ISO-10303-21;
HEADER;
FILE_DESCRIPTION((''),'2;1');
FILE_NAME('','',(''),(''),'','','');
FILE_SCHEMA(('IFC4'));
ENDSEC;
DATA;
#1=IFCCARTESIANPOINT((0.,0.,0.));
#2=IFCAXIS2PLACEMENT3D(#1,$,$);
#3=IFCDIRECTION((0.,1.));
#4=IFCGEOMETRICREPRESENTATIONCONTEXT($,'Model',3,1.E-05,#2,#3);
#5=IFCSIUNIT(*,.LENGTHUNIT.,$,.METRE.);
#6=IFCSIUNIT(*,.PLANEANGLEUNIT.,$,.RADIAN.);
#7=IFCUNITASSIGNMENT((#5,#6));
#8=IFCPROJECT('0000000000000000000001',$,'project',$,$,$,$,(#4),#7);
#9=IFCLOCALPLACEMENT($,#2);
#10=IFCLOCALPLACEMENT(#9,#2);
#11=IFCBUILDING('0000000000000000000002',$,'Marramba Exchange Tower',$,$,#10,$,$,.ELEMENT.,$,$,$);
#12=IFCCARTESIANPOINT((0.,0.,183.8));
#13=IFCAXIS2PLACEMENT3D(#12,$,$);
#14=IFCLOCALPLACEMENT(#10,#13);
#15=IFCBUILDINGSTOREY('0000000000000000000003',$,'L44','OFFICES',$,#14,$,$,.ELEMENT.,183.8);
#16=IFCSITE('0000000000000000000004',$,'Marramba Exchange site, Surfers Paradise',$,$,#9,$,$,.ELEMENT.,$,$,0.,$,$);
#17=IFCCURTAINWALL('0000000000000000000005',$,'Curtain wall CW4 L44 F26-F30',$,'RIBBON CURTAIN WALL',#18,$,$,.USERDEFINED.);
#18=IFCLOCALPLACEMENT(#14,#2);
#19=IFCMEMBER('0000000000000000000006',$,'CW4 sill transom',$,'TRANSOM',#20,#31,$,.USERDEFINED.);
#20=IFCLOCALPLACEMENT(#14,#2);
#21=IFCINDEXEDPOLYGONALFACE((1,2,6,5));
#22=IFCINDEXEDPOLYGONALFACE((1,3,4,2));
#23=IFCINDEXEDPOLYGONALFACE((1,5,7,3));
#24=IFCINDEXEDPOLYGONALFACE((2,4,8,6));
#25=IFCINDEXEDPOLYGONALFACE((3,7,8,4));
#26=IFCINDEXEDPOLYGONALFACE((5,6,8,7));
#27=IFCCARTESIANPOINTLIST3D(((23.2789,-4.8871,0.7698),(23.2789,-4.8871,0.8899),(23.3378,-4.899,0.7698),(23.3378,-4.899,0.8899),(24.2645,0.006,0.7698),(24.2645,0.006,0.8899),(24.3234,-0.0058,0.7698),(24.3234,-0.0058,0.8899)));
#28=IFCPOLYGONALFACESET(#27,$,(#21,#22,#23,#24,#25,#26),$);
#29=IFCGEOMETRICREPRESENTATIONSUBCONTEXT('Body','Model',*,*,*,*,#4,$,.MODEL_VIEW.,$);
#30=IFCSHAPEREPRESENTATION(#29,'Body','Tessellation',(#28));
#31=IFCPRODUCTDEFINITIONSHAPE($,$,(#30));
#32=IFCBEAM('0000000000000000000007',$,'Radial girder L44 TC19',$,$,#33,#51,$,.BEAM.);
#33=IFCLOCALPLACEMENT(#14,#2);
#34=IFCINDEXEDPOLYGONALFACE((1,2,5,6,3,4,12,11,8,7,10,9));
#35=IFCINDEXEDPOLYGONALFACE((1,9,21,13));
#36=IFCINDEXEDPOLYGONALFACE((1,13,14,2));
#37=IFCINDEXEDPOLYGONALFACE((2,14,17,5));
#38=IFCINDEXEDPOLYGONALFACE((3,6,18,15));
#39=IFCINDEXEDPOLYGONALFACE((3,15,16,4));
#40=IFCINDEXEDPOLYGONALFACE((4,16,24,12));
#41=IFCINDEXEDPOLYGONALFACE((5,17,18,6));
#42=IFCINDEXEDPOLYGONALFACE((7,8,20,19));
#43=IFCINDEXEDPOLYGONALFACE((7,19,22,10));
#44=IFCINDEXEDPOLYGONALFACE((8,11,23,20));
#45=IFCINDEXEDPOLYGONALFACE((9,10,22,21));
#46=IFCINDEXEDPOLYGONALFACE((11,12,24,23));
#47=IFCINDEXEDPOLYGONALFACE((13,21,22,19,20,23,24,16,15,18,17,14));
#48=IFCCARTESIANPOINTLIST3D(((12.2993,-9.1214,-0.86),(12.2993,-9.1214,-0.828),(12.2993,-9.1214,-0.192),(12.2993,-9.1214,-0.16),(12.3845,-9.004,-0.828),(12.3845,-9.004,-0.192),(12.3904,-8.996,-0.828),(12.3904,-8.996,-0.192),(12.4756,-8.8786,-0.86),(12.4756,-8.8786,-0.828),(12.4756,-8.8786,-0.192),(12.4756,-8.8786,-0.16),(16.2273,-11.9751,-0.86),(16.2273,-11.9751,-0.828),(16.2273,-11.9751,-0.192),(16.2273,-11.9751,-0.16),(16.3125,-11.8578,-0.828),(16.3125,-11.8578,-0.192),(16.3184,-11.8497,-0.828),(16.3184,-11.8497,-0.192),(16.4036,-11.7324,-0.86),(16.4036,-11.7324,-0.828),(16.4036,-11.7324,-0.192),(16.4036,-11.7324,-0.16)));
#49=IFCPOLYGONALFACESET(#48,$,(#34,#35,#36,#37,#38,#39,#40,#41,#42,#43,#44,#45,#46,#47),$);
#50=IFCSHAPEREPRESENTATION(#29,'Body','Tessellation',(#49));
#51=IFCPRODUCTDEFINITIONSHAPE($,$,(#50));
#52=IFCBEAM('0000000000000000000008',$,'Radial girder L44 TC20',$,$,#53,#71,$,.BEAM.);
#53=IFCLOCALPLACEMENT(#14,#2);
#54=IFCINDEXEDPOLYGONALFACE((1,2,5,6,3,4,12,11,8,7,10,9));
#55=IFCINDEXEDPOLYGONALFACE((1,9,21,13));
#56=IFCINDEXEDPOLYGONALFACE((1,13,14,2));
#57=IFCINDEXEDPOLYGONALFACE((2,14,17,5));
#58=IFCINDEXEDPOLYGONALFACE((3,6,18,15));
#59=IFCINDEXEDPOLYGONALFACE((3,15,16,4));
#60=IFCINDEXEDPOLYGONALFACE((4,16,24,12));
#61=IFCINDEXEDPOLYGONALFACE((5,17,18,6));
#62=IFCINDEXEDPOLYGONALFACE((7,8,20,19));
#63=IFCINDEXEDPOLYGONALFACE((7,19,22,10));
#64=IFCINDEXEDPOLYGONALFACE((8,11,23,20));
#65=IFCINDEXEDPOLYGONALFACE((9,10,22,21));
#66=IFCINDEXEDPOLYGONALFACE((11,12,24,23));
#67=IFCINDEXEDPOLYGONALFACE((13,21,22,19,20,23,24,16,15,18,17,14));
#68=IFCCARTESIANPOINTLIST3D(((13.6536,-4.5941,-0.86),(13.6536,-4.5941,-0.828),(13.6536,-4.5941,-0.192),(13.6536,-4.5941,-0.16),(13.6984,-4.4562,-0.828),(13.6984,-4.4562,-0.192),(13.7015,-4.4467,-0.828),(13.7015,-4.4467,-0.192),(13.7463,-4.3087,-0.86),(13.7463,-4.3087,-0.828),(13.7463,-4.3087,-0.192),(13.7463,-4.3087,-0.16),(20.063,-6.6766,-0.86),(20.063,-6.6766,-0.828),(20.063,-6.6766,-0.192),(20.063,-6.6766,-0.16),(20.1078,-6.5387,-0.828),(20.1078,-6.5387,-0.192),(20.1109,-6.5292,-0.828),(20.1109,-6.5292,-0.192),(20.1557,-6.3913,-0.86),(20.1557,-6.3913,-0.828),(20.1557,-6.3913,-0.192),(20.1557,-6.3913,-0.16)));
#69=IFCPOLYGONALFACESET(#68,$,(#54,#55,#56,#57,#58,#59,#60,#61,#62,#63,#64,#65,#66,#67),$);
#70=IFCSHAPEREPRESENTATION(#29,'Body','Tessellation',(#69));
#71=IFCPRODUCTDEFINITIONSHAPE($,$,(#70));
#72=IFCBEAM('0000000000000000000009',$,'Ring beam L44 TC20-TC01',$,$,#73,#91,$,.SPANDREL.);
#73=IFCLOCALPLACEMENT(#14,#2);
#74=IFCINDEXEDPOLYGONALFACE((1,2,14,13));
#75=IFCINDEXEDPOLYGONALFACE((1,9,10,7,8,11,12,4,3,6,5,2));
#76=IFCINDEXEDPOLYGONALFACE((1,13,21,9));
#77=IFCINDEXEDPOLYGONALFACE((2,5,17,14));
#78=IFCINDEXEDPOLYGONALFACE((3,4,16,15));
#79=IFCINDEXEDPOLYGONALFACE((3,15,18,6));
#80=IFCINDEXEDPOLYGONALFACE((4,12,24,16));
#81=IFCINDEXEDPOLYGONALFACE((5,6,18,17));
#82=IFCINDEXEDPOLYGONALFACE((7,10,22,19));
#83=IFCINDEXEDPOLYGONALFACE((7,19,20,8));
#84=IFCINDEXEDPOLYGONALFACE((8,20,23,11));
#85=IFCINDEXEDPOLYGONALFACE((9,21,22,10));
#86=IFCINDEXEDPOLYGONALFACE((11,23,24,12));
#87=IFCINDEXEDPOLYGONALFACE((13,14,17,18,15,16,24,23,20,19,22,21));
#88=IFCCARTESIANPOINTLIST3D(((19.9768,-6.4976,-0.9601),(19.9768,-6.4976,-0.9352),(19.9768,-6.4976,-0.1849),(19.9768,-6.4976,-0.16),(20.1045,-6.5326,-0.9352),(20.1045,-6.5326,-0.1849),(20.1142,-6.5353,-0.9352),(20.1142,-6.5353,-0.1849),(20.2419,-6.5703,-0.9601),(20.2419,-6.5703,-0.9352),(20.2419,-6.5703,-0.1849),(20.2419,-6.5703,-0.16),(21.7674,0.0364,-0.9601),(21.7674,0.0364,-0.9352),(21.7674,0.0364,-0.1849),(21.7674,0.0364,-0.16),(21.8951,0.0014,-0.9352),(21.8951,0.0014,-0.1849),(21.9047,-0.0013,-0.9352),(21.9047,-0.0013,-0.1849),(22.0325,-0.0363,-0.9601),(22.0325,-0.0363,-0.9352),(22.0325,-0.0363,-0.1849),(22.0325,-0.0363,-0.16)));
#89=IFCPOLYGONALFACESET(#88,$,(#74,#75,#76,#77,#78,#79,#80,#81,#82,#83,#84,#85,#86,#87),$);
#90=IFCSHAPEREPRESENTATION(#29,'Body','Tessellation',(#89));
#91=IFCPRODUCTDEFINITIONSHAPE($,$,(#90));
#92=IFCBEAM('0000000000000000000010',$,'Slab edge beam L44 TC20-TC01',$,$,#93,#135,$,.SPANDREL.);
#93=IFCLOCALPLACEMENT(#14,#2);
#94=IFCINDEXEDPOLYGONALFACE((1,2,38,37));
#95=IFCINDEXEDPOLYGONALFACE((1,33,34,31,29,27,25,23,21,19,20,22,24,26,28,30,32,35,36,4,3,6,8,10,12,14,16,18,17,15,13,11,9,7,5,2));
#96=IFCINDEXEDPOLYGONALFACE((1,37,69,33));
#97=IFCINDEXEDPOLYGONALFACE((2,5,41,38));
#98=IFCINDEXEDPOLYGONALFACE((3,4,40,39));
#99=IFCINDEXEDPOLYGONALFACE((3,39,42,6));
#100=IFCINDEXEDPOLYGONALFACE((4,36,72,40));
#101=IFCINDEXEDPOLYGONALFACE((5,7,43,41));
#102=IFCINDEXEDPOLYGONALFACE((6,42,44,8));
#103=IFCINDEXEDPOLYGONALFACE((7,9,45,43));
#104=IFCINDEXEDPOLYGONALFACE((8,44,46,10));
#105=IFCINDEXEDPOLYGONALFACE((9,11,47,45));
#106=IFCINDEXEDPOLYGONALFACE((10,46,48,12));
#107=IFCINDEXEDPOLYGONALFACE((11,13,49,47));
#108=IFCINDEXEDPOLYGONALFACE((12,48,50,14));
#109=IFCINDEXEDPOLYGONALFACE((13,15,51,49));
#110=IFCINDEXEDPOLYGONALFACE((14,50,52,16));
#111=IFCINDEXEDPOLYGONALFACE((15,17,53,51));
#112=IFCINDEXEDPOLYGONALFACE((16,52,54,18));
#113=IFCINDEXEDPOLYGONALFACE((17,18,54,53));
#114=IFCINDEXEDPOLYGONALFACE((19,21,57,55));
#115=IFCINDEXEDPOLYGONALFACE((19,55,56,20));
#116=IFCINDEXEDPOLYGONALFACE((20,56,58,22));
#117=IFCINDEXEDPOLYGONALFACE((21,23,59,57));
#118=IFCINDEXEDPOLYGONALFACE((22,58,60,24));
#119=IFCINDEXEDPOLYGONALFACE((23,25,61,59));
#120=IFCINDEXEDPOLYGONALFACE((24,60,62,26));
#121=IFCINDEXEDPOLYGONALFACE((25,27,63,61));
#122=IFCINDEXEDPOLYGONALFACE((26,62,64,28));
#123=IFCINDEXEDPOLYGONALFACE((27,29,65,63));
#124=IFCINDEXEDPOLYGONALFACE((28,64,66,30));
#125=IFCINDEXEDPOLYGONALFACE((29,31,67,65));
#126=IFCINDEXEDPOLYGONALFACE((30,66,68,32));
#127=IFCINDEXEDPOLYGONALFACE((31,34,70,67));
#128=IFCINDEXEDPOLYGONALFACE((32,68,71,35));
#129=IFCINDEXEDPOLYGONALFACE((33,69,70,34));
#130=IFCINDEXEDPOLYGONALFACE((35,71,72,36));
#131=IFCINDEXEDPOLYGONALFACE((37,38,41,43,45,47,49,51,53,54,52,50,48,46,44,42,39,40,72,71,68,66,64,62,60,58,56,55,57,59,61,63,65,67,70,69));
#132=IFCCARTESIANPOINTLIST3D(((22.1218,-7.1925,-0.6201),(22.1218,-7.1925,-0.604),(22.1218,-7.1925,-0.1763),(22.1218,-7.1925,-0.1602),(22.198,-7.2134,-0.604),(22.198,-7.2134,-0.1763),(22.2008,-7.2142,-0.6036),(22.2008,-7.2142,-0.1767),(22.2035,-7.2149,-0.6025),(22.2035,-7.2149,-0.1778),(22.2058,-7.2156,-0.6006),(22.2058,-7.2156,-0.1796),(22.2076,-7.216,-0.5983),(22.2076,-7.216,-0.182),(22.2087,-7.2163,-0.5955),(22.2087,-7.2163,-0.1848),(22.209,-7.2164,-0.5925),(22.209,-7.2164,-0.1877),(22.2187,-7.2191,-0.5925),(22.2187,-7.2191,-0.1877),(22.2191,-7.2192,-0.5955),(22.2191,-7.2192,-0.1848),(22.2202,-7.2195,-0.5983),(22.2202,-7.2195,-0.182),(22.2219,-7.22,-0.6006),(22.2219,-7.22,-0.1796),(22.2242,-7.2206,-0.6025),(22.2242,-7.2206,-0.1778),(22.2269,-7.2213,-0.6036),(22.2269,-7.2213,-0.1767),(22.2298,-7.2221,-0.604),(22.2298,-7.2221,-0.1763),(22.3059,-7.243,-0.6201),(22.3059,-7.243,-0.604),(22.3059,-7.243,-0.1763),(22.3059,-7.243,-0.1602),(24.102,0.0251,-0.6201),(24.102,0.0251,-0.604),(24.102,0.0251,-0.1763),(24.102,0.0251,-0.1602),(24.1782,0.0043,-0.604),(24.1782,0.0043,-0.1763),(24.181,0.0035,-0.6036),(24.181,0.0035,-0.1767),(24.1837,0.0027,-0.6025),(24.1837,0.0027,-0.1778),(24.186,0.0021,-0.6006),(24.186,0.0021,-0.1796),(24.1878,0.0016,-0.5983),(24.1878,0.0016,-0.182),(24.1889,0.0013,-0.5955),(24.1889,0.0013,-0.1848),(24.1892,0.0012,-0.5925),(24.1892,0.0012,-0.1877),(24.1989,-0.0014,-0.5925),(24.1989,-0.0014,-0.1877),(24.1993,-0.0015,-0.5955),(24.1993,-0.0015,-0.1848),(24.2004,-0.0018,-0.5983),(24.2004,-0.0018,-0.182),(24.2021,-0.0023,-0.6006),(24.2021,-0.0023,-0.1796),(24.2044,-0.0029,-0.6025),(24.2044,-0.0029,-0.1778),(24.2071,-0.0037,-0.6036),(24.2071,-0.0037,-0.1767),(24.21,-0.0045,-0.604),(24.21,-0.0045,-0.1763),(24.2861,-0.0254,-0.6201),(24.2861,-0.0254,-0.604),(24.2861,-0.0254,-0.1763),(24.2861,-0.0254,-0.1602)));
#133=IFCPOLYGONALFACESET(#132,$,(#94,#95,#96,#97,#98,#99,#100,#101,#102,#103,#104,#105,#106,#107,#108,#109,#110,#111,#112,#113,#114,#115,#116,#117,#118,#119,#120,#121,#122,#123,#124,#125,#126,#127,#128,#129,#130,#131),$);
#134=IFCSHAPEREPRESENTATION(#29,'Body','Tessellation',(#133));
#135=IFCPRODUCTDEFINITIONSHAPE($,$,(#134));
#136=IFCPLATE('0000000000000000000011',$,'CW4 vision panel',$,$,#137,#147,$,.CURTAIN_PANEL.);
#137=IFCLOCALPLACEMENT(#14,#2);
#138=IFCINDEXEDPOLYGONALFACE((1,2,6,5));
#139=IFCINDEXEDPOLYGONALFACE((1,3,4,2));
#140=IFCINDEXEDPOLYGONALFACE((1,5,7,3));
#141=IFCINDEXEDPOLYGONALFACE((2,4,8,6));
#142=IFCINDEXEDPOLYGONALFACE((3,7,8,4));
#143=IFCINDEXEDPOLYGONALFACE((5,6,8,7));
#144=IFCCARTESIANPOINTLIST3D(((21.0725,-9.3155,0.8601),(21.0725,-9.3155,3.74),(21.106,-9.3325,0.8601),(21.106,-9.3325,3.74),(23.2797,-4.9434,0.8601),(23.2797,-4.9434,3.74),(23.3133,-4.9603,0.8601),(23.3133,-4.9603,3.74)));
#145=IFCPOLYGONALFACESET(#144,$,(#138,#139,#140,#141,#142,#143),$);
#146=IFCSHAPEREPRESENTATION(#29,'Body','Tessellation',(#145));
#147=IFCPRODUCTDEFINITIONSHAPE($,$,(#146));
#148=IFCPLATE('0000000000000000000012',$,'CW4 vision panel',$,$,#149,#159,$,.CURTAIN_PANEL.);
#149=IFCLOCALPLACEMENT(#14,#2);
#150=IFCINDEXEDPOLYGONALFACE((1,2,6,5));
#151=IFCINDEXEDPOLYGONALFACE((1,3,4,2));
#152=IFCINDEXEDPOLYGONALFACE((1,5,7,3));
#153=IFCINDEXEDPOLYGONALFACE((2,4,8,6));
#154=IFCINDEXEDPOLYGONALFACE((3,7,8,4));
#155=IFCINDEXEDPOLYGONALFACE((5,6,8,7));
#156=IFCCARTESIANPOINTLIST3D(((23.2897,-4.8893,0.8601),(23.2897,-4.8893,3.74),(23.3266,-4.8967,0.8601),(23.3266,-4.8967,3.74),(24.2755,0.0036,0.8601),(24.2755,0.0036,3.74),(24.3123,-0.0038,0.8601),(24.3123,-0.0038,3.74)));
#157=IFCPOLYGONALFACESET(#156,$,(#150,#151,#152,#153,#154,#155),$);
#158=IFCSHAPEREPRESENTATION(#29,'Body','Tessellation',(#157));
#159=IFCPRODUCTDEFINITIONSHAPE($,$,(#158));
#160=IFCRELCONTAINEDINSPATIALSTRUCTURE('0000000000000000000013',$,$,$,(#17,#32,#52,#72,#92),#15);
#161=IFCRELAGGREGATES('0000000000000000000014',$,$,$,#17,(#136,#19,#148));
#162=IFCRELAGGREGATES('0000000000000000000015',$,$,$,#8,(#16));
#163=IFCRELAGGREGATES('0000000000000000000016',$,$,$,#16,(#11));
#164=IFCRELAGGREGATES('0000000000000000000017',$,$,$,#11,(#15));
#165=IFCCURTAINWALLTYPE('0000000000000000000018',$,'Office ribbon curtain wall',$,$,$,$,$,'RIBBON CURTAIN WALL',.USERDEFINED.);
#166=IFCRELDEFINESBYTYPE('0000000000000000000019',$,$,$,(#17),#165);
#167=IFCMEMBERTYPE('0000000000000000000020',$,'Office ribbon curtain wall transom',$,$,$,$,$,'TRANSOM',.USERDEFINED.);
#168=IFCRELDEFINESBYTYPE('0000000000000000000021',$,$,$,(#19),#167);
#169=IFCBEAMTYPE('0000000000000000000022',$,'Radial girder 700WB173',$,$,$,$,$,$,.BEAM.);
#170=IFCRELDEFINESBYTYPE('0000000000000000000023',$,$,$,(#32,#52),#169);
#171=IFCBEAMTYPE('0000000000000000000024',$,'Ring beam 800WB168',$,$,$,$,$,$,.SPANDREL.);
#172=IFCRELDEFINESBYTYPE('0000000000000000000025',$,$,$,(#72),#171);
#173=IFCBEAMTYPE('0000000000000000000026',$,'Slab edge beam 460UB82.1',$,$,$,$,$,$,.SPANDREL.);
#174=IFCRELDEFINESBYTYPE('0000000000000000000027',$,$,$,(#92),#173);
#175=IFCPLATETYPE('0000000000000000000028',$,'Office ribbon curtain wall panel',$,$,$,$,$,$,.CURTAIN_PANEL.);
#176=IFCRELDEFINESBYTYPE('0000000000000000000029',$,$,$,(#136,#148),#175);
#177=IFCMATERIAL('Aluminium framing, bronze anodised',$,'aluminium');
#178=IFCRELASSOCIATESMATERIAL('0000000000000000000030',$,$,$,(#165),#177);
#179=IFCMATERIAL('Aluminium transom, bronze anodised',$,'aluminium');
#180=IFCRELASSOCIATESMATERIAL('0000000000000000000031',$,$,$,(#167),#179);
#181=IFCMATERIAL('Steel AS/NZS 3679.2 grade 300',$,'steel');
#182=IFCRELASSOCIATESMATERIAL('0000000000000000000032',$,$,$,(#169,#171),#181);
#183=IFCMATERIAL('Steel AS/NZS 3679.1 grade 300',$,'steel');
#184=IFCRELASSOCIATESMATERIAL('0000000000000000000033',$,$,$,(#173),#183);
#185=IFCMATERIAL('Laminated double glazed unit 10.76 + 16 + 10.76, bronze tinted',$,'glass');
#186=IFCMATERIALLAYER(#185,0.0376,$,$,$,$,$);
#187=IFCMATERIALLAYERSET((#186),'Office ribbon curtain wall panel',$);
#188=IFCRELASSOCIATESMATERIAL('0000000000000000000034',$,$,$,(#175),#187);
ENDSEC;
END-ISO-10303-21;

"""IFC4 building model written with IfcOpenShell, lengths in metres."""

from ifc_helpers import new_model, si_unit, direction, frame, origin, origin_2d, place, context, subcontext, project, spatial, rectangle, i_section, extrude, material, layer, layer_set, material_profile, profile_set, type_object, element, aggregate, save


model = new_model("IFC4")

# Units and contexts
model_context = context("Model", 3, precision=1e-05, world=origin(), true_north=direction((0.0, 1.0)))
body_context = subcontext(model_context, "Body", "Model", "MODEL_VIEW")
ifc_project = project(units=[si_unit("LENGTHUNIT", "METRE"), si_unit("PLANEANGLEUNIT", "RADIAN")], contexts=[model_context])

# Site, building, storey
site_placement = place(None, origin())
site = spatial("IfcSite", under=ifc_project, at=site_placement, Name="Marramba Exchange site, Surfers Paradise", CompositionType="ELEMENT", RefElevation=0.0)
building_placement = place(site_placement, origin())
building = spatial("IfcBuilding", under=site, at=building_placement, Name="Marramba Exchange Tower", CompositionType="ELEMENT")
storey_placement = place(building_placement, frame((0.0, 0.0, 183.8)))
storey = spatial("IfcBuildingStorey", under=building, at=storey_placement, Name="L44", Description="OFFICES", CompositionType="ELEMENT", Elevation=183.8)

# Shared definitions
ifc_material_1 = material(Name="Steel AS/NZS 3679.2 grade 300", Category="steel")
ifc_material_2 = material(Name="Steel AS/NZS 3679.1 grade 300", Category="steel")

# Curtain wall, member
ifc_material_3 = material(Name="Aluminium framing, bronze anodised", Category="aluminium")
curtain_wall_type = type_object("IfcCurtainWallType", Name="Office ribbon curtain wall", ElementType="RIBBON CURTAIN WALL", PredefinedType="USERDEFINED", material=ifc_material_3)
curtain_wall_placement = place(storey_placement, origin())
curtain_wall = element("IfcCurtainWall", 1, at=curtain_wall_placement, inside=storey, type_object=curtain_wall_type, Name="Curtain wall CW4 L44 F26-F30", ObjectType="RIBBON CURTAIN WALL", PredefinedType="USERDEFINED")
ifc_material_4 = material(Name="Aluminium transom, bronze anodised", Category="aluminium")
ifc_material_profile_1 = material_profile(ifc_material_4, rectangle(XDim=0.0601, YDim=0.1201, at=origin_2d()), Name="CW4 transom 60x120")
ifc_profile_set_1 = profile_set([ifc_material_profile_1], Name="Aluminium transom, bronze anodised")
member_type_1 = type_object("IfcMemberType", Name="Office ribbon curtain wall transom", ElementType="TRANSOM", PredefinedType="USERDEFINED", material=ifc_profile_set_1)
member_1_placement = place(storey_placement, frame((23.3083, -4.8931, 0.8298), z_axis=(0.197461, 0.980311, 0.0), x_axis=(-0.980311, 0.197461, 0.0)))
member_1 = element("IfcMember", 2, at=member_1_placement, type_object=member_type_1, Name="CW4 sill transom", ObjectType="TRANSOM", PredefinedType="USERDEFINED", context=body_context, shape_type="SweptSolid", body=[
    extrude(rectangle(XDim=0.0601, YDim=0.1201, at=origin_2d()), origin(), (0.0, 0.0, 1.0), 4.9915),
])

# Beams
ifc_material_profile_2 = material_profile(ifc_material_1, i_section(OverallWidth=0.3, OverallDepth=0.7, WebThickness=0.01, FlangeThickness=0.032, at=origin_2d()), Name="700WB173")
ifc_profile_set_2 = profile_set([ifc_material_profile_2], Name="Steel AS/NZS 3679.2 grade 300")
beam_type_1 = type_object("IfcBeamType", Name="Radial girder 700WB173", PredefinedType="BEAM", material=ifc_profile_set_2)
beam_1_placement = place(storey_placement, frame((12.3875, -9.0, -0.51), z_axis=(0.809025, -0.587774, 0.0), x_axis=(0.587774, 0.809025, 0.0)))
element("IfcBeam", 3, at=beam_1_placement, inside=storey, type_object=beam_type_1, Name="Radial girder L44 TC19", PredefinedType="BEAM", context=body_context, shape_type="SweptSolid", body=[
    extrude(i_section(OverallWidth=0.3, OverallDepth=0.7, WebThickness=0.01, FlangeThickness=0.032, at=origin_2d()), origin(), (0.0, 0.0, 1.0), 4.8552),
])
beam_2_placement = place(storey_placement, frame((13.7, -4.4514, -0.51), z_axis=(0.951058, -0.309013, 0.0), x_axis=(0.309013, 0.951058, 0.0)))
element("IfcBeam", 4, at=beam_2_placement, inside=storey, type_object=beam_type_1, Name="Radial girder L44 TC20", PredefinedType="BEAM", context=body_context, shape_type="SweptSolid", body=[
    extrude(i_section(OverallWidth=0.3, OverallDepth=0.7, WebThickness=0.01, FlangeThickness=0.032, at=origin_2d()), origin(), (0.0, 0.0, 1.0), 6.7393),
])
ifc_material_profile_3 = material_profile(ifc_material_1, i_section(OverallWidth=0.2749, OverallDepth=0.8, WebThickness=0.01, FlangeThickness=0.0249, at=origin_2d()), Name="800WB168")
ifc_profile_set_3 = profile_set([ifc_material_profile_3], Name="Steel AS/NZS 3679.2 grade 300")
beam_type_2 = type_object("IfcBeamType", Name="Ring beam 800WB168", PredefinedType="SPANDREL", material=ifc_profile_set_3)
beam_3_placement = place(storey_placement, frame((20.1094, -6.5339, -0.5601), z_axis=(0.264291, 0.964443, 0.0), x_axis=(-0.964443, 0.264291, 0.0)))
element("IfcBeam", 5, at=beam_3_placement, inside=storey, type_object=beam_type_2, Name="Ring beam L44 TC20-TC01", PredefinedType="SPANDREL", context=body_context, shape_type="SweptSolid", body=[
    extrude(i_section(OverallWidth=0.2749, OverallDepth=0.8, WebThickness=0.01, FlangeThickness=0.0249, at=origin_2d()), origin(), (0.0, 0.0, 1.0), 6.7749),
])
ifc_material_profile_4 = material_profile(ifc_material_2, i_section(OverallWidth=0.1909, OverallDepth=0.46, WebThickness=0.01, FlangeThickness=0.0161, FilletRadius=0.0115, at=origin_2d()), Name="460UB82.1")
ifc_profile_set_4 = profile_set([ifc_material_profile_4], Name="Steel AS/NZS 3679.1 grade 300")
beam_type_3 = type_object("IfcBeamType", Name="Slab edge beam 460UB82.1", PredefinedType="SPANDREL", material=ifc_profile_set_4)
beam_4_placement = place(storey_placement, frame((22.2139, -7.2178, -0.3901), z_axis=(0.264577, 0.964365, 0.0), x_axis=(-0.964365, 0.264577, 0.0)))
element("IfcBeam", 6, at=beam_4_placement, inside=storey, type_object=beam_type_3, Name="Slab edge beam L44 TC20-TC01", PredefinedType="SPANDREL", context=body_context, shape_type="SweptSolid", body=[
    extrude(i_section(OverallWidth=0.1909, OverallDepth=0.46, WebThickness=0.01, FlangeThickness=0.0161, FilletRadius=0.0115, at=origin_2d()), origin(), (0.0, 0.0, 1.0), 7.4844),
])

# Plates
ifc_material_5 = material(Name="Laminated double glazed unit 10.76 + 16 + 10.76, bronze tinted", Category="glass")
ifc_layer_1 = layer(ifc_material_5, 0.0376)
ifc_layer_set_1 = layer_set([ifc_layer_1], Name="Office ribbon curtain wall panel")
plate_type = type_object("IfcPlateType", Name="Office ribbon curtain wall panel", PredefinedType="CURTAIN_PANEL", material=ifc_layer_set_1)
plate_1_placement = place(storey_placement, frame((22.1929, -7.1379, 0.8601), z_axis=(0.0, 0.0, 1.0), x_axis=(0.450673, 0.892689, 0.0)))
plate_1 = element("IfcPlate", 7, at=plate_1_placement, type_object=plate_type, Name="CW4 vision panel", PredefinedType="CURTAIN_PANEL", context=body_context, shape_type="SweptSolid", body=[
    extrude(rectangle(XDim=4.8977, YDim=0.0376, at=origin_2d()), origin(), (0.0, 0.0, 1.0), 2.8799),
])
plate_2_placement = place(storey_placement, frame((23.801, -2.4465, 0.8601), z_axis=(0.0, 0.0, 1.0), x_axis=(0.197495, 0.980304, 0.0)))
plate_2 = element("IfcPlate", 8, at=plate_2_placement, type_object=plate_type, Name="CW4 vision panel", PredefinedType="CURTAIN_PANEL", context=body_context, shape_type="SweptSolid", body=[
    extrude(rectangle(XDim=4.9912, YDim=0.0376, at=origin_2d()), origin(), (0.0, 0.0, 1.0), 2.8799),
])
aggregate(curtain_wall, [plate_1, member_1, plate_2])

save(model, "model.ifc")
